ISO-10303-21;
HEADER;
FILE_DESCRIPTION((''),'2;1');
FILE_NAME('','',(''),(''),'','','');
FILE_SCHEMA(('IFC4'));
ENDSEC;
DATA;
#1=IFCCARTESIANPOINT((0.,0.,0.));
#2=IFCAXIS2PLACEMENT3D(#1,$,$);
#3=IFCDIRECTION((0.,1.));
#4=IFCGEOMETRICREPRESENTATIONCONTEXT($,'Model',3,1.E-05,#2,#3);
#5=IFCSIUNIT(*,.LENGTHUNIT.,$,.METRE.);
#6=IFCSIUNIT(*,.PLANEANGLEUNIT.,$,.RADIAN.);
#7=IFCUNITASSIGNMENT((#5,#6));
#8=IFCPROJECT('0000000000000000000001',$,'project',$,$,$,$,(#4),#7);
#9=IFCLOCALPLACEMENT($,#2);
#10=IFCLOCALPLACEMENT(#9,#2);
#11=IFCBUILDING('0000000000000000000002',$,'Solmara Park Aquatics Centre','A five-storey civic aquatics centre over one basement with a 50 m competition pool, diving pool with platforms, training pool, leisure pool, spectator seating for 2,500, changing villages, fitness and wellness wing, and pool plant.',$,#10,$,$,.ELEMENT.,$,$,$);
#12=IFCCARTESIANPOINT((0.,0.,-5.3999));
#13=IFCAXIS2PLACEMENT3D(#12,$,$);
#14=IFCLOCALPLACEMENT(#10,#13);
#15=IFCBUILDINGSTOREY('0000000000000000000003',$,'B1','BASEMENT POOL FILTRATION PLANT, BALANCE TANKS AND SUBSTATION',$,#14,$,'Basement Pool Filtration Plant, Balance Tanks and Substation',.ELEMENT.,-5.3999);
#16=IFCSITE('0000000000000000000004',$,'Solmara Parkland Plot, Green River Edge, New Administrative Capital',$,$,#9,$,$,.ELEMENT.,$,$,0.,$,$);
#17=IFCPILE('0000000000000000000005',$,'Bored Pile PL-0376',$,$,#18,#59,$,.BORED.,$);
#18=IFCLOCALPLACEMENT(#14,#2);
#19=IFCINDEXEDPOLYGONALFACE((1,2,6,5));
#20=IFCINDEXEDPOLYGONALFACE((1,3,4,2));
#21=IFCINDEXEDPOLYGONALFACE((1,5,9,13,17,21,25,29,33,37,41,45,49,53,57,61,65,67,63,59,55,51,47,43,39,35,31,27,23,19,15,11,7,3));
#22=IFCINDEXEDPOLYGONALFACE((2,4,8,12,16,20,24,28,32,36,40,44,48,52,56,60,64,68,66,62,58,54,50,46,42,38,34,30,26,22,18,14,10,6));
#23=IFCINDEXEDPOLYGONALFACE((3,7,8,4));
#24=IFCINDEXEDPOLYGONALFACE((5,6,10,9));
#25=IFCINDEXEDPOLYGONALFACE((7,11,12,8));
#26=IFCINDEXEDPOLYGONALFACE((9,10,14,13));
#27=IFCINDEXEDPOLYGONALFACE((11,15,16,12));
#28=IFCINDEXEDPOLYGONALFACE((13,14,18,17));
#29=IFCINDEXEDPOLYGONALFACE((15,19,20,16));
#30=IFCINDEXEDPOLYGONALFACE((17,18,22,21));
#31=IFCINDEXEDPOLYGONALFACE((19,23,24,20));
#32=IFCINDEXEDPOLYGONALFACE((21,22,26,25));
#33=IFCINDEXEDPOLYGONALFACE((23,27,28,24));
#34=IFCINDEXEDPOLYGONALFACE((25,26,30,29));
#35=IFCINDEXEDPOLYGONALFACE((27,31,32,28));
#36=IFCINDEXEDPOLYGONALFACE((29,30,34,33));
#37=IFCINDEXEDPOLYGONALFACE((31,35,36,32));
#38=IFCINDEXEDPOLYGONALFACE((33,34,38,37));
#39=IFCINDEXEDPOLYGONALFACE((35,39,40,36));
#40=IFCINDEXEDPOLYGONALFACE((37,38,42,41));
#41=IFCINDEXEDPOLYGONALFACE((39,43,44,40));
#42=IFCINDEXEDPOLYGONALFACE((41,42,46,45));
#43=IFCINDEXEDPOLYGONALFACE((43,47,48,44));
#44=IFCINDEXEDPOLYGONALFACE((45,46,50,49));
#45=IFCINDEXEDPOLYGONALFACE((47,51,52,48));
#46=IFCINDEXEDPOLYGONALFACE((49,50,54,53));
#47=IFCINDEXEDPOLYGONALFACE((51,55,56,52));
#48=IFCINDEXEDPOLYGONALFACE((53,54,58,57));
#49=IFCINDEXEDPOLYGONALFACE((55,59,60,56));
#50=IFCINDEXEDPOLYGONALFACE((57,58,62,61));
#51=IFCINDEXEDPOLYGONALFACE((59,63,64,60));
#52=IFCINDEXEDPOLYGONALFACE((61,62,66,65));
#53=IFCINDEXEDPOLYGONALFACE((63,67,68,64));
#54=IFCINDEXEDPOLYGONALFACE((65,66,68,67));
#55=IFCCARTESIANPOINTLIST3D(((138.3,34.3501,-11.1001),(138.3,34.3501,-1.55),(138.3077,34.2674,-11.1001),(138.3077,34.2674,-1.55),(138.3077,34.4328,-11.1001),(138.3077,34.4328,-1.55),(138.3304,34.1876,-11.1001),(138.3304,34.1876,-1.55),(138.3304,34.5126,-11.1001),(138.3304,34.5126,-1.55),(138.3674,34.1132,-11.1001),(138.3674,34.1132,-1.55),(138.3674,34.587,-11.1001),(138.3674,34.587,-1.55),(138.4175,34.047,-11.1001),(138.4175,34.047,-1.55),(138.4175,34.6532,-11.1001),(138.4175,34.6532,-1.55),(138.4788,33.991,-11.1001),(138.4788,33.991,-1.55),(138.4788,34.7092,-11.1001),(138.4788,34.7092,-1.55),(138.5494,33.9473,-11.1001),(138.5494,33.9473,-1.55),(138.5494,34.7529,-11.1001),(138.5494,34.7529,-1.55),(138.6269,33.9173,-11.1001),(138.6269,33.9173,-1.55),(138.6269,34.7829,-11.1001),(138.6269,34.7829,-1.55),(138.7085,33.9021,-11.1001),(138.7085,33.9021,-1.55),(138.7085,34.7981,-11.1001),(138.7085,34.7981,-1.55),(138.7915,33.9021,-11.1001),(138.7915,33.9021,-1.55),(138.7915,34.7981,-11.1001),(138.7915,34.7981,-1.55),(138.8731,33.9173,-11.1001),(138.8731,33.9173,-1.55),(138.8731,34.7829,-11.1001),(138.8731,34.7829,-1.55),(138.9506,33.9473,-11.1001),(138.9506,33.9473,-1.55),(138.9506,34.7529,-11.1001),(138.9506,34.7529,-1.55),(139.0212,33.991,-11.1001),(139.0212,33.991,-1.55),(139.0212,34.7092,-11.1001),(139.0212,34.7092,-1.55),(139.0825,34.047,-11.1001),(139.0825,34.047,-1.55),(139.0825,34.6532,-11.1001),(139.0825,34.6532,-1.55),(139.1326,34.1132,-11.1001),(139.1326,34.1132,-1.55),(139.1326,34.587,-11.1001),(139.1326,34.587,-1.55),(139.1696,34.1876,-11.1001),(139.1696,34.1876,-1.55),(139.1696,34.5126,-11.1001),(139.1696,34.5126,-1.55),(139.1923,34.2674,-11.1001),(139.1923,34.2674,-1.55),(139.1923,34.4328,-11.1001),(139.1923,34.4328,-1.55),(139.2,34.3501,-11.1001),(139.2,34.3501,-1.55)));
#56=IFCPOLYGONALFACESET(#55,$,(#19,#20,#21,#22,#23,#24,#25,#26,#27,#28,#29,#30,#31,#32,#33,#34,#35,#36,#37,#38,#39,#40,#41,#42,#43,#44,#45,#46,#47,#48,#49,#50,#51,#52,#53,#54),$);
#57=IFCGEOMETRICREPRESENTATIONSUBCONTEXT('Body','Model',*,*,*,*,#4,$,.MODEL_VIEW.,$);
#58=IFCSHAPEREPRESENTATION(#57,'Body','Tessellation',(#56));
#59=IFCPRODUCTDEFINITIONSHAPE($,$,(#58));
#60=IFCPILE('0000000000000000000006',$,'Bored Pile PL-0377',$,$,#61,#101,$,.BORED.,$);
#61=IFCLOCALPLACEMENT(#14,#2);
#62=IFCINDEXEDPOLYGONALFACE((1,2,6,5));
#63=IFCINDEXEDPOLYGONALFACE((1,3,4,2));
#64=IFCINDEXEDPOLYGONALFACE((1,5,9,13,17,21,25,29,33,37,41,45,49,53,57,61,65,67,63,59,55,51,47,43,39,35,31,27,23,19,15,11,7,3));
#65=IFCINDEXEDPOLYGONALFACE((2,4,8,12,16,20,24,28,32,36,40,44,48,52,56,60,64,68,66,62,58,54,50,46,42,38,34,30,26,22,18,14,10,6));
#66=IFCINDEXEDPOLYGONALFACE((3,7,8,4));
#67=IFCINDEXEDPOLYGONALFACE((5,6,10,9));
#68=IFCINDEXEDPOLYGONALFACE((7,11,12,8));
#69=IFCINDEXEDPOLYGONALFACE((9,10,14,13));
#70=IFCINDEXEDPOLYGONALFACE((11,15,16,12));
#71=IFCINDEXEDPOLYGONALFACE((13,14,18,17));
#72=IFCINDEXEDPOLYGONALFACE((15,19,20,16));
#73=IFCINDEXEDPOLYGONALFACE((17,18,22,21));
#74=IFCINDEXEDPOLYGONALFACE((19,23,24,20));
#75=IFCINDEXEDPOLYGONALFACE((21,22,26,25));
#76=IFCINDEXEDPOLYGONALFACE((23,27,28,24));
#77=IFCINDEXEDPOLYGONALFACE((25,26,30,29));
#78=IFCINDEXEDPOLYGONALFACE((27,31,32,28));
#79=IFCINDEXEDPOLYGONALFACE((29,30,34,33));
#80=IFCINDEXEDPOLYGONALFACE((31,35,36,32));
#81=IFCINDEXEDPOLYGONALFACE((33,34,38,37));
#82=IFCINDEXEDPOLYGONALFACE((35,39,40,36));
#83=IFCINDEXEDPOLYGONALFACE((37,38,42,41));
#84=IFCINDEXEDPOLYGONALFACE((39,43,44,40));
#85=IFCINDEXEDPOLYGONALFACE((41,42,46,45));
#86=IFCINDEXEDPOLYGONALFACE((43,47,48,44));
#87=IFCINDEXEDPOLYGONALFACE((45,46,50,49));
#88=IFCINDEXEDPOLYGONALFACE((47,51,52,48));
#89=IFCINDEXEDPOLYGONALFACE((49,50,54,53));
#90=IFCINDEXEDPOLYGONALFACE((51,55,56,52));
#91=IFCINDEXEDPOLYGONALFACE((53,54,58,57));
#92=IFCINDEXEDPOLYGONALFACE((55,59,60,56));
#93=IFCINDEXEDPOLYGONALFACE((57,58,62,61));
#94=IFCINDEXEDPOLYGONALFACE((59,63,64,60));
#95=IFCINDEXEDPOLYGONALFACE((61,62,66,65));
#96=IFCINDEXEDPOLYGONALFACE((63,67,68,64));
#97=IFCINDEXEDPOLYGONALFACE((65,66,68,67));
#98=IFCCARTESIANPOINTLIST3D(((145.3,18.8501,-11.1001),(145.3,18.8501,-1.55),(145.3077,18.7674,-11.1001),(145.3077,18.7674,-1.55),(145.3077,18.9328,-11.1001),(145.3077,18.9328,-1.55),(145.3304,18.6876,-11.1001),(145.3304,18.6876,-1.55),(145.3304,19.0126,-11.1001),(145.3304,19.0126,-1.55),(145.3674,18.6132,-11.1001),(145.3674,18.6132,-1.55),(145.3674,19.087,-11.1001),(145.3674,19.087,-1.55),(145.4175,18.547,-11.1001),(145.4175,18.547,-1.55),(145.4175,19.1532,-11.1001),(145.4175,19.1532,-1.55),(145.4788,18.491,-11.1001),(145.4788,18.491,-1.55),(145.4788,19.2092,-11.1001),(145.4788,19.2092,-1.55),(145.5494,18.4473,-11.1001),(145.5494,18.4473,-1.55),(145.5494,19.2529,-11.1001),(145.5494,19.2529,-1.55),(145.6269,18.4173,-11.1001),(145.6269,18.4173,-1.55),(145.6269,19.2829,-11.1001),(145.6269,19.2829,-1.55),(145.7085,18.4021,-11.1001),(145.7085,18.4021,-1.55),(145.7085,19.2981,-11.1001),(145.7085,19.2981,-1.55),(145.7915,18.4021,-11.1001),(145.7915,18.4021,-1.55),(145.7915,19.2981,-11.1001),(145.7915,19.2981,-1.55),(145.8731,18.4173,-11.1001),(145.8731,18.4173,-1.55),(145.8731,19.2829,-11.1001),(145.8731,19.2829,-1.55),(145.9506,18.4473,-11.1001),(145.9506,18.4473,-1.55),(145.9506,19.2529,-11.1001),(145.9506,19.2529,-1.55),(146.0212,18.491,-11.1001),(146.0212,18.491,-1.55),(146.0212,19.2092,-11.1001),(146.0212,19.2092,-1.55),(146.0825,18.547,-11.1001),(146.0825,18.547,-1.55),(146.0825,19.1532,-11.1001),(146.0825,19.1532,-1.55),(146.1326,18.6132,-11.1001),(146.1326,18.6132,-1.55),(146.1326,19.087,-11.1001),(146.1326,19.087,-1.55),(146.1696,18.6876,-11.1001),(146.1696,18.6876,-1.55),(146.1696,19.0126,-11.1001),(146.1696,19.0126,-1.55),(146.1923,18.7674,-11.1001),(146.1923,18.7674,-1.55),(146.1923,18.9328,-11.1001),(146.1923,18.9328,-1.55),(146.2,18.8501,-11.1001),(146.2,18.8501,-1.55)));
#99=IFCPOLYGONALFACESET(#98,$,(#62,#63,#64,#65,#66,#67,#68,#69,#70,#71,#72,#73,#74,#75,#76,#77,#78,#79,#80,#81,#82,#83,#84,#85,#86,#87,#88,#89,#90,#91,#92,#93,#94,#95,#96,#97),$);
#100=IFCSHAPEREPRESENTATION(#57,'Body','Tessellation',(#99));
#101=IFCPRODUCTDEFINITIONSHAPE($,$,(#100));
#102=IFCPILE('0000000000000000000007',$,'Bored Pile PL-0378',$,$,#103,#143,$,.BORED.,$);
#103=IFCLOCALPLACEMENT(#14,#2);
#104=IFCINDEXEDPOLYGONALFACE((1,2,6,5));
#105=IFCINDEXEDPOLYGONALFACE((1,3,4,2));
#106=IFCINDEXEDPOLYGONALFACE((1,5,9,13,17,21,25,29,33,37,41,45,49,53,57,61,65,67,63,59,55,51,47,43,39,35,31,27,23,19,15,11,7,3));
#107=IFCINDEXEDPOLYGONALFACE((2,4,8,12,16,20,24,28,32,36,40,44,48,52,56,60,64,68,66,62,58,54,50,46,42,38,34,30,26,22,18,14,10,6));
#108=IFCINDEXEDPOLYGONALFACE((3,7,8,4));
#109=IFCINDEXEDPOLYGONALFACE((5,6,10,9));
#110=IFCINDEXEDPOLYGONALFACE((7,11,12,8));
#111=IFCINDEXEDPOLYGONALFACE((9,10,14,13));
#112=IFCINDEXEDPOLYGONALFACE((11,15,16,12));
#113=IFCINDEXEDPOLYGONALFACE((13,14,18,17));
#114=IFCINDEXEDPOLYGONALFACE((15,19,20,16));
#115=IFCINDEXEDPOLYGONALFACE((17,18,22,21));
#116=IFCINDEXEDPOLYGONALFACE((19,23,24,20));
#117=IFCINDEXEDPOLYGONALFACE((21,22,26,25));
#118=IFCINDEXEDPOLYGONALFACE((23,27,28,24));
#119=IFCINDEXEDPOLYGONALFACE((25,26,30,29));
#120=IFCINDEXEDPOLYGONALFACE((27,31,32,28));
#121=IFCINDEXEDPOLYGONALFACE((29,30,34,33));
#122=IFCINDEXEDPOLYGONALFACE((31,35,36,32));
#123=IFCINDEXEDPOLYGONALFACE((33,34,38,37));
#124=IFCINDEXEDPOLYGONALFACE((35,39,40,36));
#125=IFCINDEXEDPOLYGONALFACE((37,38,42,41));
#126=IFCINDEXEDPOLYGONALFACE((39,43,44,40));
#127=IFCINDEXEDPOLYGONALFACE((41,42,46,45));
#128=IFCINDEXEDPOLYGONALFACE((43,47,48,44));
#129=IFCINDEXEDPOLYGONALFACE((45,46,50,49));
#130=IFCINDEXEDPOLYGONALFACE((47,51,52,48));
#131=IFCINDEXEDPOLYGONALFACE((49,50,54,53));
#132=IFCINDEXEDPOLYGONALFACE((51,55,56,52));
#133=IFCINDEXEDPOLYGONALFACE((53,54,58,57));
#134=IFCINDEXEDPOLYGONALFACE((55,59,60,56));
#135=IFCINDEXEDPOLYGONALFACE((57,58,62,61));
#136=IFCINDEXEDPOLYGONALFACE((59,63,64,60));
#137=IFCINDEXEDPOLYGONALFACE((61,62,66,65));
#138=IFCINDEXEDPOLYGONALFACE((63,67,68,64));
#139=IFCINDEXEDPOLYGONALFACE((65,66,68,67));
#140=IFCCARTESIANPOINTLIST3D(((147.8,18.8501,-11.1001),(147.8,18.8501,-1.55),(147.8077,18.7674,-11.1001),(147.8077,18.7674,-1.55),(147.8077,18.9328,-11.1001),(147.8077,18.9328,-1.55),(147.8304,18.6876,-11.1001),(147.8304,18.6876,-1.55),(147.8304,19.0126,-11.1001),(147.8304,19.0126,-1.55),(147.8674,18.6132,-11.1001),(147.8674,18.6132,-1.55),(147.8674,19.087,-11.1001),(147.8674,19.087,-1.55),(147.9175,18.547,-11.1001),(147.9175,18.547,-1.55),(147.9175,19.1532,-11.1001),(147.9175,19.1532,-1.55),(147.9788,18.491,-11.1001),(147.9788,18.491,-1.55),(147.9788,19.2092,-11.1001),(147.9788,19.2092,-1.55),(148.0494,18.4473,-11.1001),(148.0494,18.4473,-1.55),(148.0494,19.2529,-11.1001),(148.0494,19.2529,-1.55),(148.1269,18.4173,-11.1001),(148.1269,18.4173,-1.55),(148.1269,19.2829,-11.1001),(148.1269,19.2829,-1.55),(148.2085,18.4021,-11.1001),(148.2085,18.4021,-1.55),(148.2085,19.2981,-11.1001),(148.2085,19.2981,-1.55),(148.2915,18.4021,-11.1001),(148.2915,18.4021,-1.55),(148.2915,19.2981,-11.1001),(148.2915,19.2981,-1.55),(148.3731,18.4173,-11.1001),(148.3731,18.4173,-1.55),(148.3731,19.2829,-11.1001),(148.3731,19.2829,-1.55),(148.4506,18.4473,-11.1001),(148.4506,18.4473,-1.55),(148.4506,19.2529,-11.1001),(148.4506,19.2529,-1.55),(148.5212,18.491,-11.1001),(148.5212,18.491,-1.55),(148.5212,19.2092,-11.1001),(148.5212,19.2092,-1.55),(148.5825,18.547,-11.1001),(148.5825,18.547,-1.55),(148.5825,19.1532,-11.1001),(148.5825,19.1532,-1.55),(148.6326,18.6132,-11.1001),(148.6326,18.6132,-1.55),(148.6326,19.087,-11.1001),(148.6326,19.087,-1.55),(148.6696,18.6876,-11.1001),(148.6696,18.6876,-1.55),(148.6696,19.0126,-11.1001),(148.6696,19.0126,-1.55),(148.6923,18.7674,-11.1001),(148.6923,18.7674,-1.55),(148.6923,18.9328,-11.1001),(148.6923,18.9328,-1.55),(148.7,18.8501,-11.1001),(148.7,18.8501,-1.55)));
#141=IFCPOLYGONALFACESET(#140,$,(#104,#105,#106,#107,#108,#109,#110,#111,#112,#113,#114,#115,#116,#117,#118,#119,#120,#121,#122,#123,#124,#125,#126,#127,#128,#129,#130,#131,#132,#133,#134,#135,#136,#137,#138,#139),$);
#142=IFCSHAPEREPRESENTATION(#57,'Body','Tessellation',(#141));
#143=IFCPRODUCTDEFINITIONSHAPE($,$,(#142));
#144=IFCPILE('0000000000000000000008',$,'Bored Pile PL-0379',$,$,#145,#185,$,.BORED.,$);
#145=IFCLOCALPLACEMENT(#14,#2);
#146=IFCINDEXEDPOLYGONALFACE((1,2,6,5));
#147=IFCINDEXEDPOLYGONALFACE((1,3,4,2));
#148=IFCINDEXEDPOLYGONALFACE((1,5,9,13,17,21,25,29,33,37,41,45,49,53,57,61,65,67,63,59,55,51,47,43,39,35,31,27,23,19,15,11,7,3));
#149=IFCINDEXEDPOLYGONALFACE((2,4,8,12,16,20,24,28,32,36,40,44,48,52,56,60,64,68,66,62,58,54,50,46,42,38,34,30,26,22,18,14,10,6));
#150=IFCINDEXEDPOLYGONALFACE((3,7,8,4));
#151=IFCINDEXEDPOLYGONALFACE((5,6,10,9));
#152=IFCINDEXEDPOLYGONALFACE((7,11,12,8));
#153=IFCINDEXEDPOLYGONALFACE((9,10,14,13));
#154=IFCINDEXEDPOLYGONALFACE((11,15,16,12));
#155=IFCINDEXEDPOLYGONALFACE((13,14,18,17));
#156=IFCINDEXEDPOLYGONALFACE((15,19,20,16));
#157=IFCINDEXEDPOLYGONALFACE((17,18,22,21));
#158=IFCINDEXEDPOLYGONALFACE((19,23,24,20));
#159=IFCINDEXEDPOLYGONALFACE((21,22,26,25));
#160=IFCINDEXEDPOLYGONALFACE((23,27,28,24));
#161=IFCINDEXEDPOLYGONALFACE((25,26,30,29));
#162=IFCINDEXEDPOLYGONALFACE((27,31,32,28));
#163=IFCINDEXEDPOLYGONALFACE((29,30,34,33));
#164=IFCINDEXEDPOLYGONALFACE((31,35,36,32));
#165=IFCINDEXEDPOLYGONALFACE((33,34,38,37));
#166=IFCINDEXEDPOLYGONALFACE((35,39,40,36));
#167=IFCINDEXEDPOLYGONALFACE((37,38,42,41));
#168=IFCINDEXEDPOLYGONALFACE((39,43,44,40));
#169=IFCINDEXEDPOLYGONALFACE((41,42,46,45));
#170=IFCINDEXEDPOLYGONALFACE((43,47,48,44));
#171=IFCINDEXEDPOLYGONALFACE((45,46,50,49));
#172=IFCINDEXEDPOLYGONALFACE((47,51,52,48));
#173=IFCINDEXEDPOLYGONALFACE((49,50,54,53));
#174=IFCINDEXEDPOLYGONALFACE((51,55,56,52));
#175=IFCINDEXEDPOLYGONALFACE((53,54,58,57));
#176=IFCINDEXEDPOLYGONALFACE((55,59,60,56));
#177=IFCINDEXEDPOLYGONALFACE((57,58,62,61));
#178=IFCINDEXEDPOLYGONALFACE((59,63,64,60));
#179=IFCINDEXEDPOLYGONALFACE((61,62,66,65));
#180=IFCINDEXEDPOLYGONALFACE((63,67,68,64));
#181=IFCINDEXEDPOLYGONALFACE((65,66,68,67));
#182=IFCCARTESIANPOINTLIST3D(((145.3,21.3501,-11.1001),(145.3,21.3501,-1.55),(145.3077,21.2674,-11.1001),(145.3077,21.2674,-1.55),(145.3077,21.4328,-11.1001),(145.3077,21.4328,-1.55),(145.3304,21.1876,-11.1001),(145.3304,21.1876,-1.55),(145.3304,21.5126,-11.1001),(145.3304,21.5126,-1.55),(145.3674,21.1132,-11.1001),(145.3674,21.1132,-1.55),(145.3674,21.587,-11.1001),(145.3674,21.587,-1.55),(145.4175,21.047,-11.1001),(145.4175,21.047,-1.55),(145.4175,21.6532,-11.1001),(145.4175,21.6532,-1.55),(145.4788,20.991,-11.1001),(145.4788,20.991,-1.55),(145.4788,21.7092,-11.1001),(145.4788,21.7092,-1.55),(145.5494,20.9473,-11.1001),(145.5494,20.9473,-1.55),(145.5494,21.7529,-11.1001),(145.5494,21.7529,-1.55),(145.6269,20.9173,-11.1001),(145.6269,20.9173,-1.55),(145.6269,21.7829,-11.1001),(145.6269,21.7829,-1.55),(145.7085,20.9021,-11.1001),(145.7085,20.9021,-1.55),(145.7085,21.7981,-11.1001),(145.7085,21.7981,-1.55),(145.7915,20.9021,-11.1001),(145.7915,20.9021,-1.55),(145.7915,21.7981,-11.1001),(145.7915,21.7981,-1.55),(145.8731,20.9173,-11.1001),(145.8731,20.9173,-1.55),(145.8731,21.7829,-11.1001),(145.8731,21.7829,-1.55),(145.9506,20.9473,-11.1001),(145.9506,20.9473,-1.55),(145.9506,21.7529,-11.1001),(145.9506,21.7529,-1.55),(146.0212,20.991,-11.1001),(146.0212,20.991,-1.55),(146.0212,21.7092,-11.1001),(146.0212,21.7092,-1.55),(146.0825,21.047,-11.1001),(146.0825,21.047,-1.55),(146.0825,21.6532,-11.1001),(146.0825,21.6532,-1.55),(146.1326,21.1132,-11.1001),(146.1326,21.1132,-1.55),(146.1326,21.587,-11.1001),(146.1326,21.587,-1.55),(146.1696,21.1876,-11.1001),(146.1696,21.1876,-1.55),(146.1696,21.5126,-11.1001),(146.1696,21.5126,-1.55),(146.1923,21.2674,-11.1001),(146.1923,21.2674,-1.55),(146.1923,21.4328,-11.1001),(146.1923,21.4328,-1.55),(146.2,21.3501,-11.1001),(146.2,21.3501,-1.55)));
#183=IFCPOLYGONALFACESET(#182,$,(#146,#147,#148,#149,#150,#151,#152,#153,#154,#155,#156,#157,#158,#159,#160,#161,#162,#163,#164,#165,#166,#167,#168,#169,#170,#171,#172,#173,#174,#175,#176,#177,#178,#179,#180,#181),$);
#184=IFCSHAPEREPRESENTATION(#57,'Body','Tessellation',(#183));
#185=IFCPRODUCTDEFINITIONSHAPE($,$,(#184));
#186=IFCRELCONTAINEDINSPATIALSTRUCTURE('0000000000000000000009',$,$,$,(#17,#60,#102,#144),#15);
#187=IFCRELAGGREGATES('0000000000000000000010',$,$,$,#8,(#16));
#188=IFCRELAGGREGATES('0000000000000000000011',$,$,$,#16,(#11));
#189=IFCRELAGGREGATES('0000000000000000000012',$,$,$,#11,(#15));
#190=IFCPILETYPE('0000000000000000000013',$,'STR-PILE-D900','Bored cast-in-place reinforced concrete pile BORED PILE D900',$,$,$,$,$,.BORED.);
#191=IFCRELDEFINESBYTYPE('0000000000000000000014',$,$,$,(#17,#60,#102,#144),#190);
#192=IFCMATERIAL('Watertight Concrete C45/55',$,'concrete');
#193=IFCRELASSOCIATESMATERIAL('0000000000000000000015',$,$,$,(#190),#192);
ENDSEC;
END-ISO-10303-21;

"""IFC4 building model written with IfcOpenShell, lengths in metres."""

from ifc_helpers import new_model, si_unit, direction, frame, origin, origin_2d, place, context, subcontext, project, spatial, circle, extrude, material, material_profile, profile_set, type_object, element, save


model = new_model("IFC4")

# Units and contexts
model_context = context("Model", 3, precision=1e-05, world=origin(), true_north=direction((0.0, 1.0)))
body_context = subcontext(model_context, "Body", "Model", "MODEL_VIEW")
ifc_project = project(units=[si_unit("LENGTHUNIT", "METRE"), si_unit("PLANEANGLEUNIT", "RADIAN")], contexts=[model_context])

# Site, building, storey
site_placement = place(None, origin())
site = spatial("IfcSite", under=ifc_project, at=site_placement, Name="Solmara Parkland Plot, Green River Edge, New Administrative Capital", CompositionType="ELEMENT", RefElevation=0.0)
building_placement = place(site_placement, origin())
building = spatial("IfcBuilding", under=site, at=building_placement, Name="Solmara Park Aquatics Centre", Description="A five-storey civic aquatics centre over one basement with a 50 m competition pool, diving pool with platforms, training pool, leisure pool, spectator seating for 2,500, changing villages, fitness and wellness wing, and pool plant.", CompositionType="ELEMENT")
storey_placement = place(building_placement, frame((0.0, 0.0, -5.3999)))
storey = spatial("IfcBuildingStorey", under=building, at=storey_placement, Name="B1", Description="BASEMENT POOL FILTRATION PLANT, BALANCE TANKS AND SUBSTATION", LongName="Basement Pool Filtration Plant, Balance Tanks and Substation", CompositionType="ELEMENT", Elevation=-5.3999)

# Shared definitions
ifc_material_1 = material(Name="Watertight Concrete C45/55", Category="concrete")

# Piles
ifc_material_profile_1 = material_profile(ifc_material_1, circle(Radius=0.45, at=origin_2d()), Name="BORED PILE D900")
ifc_profile_set_1 = profile_set([ifc_material_profile_1], Name="Watertight Concrete C45/55")
pile_type_1 = type_object("IfcPileType", Name="STR-PILE-D900", Description="Bored cast-in-place reinforced concrete pile BORED PILE D900", PredefinedType="BORED", material=ifc_profile_set_1)
for number, where, z_axis, x_axis, name in (
    (1, (138.75, 34.3501, -1.55), (0.0, 0.0, -1.0), (1.0, 0.0, 0.0), "Bored Pile PL-0376"),
    (2, (145.75, 18.8501, -1.55), (0.0, 0.0, -1.0), (1.0, 0.0, 0.0), "Bored Pile PL-0377"),
    (3, (148.25, 18.8501, -1.55), (0.0, 0.0, -1.0), (1.0, 0.0, 0.0), "Bored Pile PL-0378"),
    (4, (145.75, 21.3501, -1.55), (0.0, 0.0, -1.0), (1.0, 0.0, 0.0), "Bored Pile PL-0379"),
):
    element("IfcPile", number, at=place(storey_placement, frame(where, z_axis=z_axis, x_axis=x_axis)), inside=storey, type_object=pile_type_1, Name=name, PredefinedType="BORED", context=body_context, shape_type="SweptSolid", body=[
        extrude(circle(Radius=0.45, at=origin_2d()), origin(), (0.0, 0.0, 1.0), 9.55),
    ])

save(model, "model.ifc")
